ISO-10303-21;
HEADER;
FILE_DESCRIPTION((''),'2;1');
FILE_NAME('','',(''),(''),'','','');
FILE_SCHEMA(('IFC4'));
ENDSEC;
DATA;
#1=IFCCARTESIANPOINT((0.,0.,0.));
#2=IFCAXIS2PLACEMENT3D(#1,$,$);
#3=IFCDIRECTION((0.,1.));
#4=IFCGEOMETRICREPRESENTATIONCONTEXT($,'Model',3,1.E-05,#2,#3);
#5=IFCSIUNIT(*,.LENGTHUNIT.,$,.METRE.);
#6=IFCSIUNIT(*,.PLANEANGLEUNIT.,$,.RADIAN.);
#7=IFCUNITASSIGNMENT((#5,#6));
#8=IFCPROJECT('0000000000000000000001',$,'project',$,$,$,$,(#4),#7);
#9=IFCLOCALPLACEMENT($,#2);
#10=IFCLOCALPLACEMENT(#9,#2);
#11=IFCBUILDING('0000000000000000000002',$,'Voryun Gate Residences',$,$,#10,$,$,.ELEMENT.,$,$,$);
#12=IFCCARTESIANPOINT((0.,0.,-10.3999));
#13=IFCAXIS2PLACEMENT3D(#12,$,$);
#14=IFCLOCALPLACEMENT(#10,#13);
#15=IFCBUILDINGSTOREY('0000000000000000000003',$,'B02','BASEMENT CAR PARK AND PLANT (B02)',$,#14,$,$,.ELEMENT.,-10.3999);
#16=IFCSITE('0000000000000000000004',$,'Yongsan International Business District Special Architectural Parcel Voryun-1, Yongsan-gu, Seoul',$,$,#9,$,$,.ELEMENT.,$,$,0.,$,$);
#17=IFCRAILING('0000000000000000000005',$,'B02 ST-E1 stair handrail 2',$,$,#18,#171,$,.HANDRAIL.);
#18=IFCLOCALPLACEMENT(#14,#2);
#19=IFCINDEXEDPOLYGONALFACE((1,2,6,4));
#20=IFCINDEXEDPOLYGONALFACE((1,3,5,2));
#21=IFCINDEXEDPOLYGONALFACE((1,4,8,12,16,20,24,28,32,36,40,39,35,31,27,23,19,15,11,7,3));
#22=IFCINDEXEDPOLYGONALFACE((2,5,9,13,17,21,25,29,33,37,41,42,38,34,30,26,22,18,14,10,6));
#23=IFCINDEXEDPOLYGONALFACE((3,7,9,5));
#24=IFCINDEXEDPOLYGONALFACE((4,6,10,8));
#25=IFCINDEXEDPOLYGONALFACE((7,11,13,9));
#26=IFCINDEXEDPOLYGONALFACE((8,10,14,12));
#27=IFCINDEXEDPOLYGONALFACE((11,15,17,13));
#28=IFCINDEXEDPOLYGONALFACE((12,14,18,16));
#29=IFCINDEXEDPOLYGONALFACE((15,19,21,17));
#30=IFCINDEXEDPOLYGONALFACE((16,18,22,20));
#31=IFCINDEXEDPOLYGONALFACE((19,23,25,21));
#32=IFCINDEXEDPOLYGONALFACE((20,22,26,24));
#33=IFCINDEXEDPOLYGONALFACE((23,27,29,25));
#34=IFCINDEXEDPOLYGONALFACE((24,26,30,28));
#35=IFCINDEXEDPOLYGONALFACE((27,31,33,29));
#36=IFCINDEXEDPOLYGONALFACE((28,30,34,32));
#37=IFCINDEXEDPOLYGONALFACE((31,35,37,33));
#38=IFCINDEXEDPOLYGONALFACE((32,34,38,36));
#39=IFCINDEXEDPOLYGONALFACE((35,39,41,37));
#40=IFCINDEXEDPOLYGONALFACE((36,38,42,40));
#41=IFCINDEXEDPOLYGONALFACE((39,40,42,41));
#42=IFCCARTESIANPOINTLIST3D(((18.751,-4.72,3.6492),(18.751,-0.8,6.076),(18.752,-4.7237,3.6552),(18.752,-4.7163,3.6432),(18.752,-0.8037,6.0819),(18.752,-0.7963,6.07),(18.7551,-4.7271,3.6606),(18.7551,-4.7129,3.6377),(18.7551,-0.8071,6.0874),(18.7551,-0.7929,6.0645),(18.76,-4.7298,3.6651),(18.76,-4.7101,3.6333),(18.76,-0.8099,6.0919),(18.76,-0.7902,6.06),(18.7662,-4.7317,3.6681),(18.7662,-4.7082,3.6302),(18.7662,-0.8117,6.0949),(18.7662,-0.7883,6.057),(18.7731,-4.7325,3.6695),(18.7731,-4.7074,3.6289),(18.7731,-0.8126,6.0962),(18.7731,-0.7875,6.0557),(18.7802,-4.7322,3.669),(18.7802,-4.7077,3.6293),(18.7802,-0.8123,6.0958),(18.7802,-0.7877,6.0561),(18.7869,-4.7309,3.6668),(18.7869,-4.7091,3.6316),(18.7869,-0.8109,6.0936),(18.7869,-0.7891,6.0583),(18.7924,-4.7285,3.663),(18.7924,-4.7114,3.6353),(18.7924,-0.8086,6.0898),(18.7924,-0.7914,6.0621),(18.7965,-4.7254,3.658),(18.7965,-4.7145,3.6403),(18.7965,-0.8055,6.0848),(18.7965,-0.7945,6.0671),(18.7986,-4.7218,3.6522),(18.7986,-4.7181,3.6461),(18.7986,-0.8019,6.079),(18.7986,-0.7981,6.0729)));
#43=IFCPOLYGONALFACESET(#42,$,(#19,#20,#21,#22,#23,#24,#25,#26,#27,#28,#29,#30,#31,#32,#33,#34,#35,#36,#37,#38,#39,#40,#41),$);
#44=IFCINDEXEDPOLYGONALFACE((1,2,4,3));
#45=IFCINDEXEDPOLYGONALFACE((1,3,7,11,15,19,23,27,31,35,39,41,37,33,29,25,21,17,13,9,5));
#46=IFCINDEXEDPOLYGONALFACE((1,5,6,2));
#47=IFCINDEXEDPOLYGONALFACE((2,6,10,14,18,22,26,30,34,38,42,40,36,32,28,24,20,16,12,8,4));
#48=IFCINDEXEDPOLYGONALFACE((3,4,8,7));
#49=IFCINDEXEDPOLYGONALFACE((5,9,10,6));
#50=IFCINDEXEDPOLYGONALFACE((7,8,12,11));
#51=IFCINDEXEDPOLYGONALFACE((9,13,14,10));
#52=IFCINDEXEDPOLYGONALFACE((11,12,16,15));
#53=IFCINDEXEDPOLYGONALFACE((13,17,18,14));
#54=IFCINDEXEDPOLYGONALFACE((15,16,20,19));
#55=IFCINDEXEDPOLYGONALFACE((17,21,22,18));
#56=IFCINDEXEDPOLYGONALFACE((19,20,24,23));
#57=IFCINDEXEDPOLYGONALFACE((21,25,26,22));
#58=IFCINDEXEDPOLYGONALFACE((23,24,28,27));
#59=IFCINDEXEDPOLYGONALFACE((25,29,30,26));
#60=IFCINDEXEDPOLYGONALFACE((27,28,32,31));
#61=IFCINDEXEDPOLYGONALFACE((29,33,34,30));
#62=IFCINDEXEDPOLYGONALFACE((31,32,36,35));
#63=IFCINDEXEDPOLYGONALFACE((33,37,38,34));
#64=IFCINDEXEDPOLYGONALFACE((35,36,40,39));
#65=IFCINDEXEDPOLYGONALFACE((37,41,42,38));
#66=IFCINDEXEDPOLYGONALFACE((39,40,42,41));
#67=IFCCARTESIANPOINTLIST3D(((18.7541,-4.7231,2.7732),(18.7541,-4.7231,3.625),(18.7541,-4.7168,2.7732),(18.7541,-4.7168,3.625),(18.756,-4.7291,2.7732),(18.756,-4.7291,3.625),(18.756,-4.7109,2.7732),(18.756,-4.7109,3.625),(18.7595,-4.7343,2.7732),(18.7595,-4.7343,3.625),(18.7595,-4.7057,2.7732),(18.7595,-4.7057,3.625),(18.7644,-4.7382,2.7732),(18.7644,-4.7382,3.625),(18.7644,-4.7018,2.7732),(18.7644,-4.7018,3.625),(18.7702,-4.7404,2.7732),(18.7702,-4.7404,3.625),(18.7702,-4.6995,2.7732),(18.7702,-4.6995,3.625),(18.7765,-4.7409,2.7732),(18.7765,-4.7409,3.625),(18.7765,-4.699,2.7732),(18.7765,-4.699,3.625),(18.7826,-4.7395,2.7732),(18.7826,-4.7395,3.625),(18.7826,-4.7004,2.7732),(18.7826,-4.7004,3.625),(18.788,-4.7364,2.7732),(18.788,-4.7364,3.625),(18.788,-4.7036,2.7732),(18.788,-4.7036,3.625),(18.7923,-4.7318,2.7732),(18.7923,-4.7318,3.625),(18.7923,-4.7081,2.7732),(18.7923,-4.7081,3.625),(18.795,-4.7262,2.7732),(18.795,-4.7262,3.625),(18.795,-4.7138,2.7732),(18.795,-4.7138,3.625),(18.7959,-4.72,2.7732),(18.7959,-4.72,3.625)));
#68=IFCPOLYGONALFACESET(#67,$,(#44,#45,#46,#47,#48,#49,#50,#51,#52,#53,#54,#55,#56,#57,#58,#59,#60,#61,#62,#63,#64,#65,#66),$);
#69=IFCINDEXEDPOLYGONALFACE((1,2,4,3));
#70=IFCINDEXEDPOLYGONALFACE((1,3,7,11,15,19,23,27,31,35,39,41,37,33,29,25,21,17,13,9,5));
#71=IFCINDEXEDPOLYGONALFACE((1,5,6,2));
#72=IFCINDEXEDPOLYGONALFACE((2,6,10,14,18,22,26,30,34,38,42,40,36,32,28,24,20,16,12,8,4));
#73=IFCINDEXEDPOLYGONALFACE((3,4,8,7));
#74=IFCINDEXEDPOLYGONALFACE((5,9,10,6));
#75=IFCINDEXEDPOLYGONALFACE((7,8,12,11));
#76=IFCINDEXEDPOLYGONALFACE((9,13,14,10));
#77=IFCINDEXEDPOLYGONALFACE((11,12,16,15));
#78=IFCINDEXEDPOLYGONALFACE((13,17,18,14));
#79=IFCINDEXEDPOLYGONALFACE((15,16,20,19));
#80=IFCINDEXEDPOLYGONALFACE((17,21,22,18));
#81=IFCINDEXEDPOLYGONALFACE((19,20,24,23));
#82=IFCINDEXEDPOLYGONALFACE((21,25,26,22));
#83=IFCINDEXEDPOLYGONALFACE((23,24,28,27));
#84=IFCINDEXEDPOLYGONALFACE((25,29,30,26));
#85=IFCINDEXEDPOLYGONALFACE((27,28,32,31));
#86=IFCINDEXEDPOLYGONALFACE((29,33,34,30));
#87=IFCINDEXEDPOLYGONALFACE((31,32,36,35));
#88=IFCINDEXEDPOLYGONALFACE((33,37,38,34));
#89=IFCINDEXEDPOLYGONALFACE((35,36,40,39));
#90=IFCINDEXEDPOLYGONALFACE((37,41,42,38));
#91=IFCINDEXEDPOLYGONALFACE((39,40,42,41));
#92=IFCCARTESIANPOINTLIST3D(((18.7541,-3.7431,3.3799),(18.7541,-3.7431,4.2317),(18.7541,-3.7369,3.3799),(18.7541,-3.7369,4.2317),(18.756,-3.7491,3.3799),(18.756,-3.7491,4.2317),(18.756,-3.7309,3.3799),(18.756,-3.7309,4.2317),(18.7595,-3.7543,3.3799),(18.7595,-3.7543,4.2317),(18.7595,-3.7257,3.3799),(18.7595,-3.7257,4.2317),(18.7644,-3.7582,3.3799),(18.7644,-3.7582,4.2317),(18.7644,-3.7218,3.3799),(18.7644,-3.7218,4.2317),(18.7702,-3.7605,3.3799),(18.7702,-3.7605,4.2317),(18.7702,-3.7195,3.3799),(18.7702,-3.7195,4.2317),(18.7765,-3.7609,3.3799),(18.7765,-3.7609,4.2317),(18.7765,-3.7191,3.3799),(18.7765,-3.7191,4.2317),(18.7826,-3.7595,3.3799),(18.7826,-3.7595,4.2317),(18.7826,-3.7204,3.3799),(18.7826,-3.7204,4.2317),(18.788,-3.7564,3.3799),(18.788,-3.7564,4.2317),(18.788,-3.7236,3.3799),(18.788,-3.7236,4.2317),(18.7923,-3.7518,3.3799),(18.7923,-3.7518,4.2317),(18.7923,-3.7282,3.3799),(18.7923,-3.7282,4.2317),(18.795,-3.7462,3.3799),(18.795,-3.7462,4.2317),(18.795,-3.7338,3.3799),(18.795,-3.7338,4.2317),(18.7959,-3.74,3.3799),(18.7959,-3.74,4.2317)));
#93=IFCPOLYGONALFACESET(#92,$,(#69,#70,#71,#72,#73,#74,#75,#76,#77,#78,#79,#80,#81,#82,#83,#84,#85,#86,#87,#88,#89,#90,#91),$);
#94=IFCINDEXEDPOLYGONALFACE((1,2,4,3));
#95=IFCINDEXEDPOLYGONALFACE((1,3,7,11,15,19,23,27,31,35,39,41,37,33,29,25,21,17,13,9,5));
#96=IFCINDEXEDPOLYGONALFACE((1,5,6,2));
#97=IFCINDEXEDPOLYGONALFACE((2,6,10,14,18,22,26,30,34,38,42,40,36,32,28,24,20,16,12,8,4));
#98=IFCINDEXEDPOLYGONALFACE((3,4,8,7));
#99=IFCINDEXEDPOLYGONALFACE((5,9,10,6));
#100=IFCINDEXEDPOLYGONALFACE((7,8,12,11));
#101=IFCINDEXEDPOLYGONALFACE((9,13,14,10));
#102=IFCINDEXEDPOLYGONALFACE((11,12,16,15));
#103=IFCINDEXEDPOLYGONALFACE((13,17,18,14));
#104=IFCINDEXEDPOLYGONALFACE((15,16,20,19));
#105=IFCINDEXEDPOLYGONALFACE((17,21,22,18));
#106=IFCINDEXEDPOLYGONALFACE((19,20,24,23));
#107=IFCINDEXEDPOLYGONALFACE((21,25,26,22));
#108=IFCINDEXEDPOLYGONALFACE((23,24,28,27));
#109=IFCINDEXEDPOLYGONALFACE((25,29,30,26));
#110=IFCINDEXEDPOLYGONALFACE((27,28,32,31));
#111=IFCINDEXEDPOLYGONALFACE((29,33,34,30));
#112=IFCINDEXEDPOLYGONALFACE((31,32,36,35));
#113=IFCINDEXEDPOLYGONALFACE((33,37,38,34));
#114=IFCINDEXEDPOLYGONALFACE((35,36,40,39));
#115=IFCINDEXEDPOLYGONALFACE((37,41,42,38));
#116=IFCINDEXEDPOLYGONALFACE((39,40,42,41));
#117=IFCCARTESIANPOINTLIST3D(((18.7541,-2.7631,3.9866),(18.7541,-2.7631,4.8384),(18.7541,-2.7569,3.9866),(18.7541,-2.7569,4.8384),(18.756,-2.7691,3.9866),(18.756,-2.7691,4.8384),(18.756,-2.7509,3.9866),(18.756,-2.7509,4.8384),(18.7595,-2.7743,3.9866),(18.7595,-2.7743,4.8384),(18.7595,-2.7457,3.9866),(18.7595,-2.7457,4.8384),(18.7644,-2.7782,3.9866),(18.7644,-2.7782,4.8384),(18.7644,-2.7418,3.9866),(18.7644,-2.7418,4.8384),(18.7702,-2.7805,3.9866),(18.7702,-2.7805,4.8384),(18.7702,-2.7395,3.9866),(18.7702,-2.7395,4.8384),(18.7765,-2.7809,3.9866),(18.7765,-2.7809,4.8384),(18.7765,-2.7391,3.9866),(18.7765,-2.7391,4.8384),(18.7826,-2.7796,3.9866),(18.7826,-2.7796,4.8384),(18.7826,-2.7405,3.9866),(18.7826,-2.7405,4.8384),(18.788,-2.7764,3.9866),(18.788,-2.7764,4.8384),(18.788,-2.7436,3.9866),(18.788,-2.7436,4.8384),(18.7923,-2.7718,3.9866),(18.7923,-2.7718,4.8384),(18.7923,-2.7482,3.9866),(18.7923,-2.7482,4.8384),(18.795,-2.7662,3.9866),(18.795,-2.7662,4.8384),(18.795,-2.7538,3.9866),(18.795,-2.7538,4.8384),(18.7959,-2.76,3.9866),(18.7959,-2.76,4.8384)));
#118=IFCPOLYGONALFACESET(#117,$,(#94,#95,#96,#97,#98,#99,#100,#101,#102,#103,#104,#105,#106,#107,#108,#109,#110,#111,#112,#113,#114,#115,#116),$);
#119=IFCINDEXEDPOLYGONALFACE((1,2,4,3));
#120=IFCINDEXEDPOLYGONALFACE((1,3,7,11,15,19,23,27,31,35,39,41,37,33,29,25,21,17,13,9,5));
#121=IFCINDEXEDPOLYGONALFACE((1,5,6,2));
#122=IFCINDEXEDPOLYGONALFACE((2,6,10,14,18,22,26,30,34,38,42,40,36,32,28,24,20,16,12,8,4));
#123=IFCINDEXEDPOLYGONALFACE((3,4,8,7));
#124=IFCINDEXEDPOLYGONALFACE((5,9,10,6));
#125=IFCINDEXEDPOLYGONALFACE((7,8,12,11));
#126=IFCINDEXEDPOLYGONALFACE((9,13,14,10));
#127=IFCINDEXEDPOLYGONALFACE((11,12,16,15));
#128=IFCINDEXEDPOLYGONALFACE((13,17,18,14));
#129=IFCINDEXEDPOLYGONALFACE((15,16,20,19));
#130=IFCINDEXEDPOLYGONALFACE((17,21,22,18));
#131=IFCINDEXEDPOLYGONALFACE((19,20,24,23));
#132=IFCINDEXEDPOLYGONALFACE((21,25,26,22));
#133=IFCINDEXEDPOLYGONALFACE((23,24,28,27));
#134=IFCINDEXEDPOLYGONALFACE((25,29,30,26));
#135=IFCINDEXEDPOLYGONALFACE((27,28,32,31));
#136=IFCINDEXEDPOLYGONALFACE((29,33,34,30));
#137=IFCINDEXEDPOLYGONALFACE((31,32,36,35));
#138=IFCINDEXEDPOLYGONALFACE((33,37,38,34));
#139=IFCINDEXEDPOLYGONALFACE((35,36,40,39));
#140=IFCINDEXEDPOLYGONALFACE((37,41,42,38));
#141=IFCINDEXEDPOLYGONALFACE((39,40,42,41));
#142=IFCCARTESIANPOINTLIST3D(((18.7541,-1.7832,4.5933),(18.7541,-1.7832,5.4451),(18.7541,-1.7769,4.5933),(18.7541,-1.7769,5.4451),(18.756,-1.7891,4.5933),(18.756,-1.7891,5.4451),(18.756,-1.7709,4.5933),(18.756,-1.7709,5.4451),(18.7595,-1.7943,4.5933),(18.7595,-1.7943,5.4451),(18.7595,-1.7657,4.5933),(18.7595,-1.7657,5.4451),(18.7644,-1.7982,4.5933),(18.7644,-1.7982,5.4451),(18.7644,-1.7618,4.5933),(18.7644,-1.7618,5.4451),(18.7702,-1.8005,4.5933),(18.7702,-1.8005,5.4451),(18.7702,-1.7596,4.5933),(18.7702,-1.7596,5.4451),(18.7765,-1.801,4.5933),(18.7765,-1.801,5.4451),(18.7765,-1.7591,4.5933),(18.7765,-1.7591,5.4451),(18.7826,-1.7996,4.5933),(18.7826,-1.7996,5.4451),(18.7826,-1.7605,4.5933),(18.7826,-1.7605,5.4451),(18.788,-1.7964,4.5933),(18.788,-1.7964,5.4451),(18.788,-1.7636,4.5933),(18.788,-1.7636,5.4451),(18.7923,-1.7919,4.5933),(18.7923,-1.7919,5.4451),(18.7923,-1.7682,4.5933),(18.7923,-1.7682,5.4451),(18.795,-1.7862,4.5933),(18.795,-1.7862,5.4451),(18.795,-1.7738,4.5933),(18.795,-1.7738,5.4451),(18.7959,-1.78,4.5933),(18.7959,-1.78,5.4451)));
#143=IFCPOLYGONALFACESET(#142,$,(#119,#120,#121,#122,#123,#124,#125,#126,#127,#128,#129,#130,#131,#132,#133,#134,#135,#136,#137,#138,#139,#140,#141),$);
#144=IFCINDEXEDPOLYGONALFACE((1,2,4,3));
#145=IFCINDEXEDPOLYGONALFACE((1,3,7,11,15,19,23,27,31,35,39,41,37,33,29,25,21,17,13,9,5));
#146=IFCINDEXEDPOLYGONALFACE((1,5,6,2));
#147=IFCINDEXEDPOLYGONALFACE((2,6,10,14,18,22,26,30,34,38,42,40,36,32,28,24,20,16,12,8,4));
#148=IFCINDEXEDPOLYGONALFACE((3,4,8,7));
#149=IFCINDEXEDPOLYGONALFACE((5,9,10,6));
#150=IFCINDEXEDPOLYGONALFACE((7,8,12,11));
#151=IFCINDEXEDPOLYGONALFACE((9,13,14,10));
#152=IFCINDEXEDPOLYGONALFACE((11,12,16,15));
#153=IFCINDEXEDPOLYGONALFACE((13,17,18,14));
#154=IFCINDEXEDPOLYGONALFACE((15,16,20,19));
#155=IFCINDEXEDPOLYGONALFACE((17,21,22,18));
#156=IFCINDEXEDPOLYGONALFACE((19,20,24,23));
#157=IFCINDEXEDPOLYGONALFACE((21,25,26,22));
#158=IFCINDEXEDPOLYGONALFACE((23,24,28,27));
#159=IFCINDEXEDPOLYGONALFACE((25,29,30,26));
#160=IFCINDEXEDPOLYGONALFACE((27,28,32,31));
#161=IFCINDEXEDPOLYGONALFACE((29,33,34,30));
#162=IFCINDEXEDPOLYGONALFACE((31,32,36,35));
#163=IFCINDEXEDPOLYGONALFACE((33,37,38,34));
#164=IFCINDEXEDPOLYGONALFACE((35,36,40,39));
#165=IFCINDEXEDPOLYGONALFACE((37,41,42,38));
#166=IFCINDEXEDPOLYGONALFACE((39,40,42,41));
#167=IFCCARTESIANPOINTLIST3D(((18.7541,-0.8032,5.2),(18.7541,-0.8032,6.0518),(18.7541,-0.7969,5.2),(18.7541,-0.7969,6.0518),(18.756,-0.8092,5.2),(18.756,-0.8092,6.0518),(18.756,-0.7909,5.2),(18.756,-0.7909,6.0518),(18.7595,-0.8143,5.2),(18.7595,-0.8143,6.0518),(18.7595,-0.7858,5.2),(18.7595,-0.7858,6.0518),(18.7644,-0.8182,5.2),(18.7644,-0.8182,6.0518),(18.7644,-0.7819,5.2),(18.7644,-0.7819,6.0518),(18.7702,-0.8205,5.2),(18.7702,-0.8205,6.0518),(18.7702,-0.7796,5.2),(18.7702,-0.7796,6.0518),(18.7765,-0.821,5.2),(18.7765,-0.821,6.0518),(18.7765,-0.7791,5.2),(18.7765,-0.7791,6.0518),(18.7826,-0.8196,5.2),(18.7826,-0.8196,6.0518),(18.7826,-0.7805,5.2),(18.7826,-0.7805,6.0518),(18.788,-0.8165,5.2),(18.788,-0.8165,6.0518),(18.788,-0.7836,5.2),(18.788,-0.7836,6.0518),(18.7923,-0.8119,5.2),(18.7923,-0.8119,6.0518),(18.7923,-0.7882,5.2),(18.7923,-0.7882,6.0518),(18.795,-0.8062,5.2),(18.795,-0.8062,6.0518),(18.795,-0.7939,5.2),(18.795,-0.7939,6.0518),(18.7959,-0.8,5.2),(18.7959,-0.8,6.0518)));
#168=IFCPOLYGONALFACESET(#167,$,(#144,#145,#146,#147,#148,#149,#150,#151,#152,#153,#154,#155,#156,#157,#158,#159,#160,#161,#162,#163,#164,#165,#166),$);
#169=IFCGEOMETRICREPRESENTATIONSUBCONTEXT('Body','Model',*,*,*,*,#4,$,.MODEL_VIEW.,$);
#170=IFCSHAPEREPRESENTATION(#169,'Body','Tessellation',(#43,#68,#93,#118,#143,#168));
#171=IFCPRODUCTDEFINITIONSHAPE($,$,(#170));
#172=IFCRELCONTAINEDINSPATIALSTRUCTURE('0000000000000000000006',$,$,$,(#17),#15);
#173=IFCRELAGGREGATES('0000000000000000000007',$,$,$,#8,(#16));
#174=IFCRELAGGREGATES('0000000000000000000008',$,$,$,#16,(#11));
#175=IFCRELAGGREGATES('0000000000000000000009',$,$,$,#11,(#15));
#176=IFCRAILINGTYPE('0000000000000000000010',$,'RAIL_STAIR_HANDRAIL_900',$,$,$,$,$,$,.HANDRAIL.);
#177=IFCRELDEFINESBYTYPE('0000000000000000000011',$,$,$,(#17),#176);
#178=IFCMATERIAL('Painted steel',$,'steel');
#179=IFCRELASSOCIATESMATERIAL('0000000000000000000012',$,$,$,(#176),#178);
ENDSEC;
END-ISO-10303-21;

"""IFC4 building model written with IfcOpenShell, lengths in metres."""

from ifc_helpers import new_model, si_unit, direction, frame, origin, origin_2d, place, context, subcontext, project, spatial, circle, extrude, material, type_object, element, save


model = new_model("IFC4")

# Units and contexts
model_context = context("Model", 3, precision=1e-05, world=origin(), true_north=direction((0.0, 1.0)))
body_context = subcontext(model_context, "Body", "Model", "MODEL_VIEW")
ifc_project = project(units=[si_unit("LENGTHUNIT", "METRE"), si_unit("PLANEANGLEUNIT", "RADIAN")], contexts=[model_context])

# Site, building, storey
site_placement = place(None, origin())
site = spatial("IfcSite", under=ifc_project, at=site_placement, Name="Yongsan International Business District Special Architectural Parcel Voryun-1, Yongsan-gu, Seoul", CompositionType="ELEMENT", RefElevation=0.0)
building_placement = place(site_placement, origin())
building = spatial("IfcBuilding", under=site, at=building_placement, Name="Voryun Gate Residences", CompositionType="ELEMENT")
storey_placement = place(building_placement, frame((0.0, 0.0, -10.3999)))
storey = spatial("IfcBuildingStorey", under=building, at=storey_placement, Name="B02", Description="BASEMENT CAR PARK AND PLANT (B02)", CompositionType="ELEMENT", Elevation=-10.3999)

# Railing
ifc_material_1 = material(Name="Painted steel", Category="steel")
railing_type_1 = type_object("IfcRailingType", Name="RAIL_STAIR_HANDRAIL_900", PredefinedType="HANDRAIL", material=ifc_material_1)
railing_1_placement = place(storey_placement, frame((18.7749, -4.72, 2.7732)))
element("IfcRailing", 1, at=railing_1_placement, inside=storey, type_object=railing_type_1, Name="B02 ST-E1 stair handrail 2", PredefinedType="HANDRAIL", context=body_context, shape_type="SweptSolid", body=[
    extrude(circle(Radius=0.0239, at=origin_2d()), frame((0.0, 0.0, 0.876), z_axis=(0.0, 0.850252, 0.526376), x_axis=(-1.0, 0.0, 0.0)), (0.0, 0.0, 1.0), 4.6104),
    extrude(circle(Radius=0.021, at=origin_2d()), origin(), (0.0, 0.0, 1.0), 0.8518),
    extrude(circle(Radius=0.021, at=origin_2d()), frame((0.0, 0.98, 0.6067)), (0.0, 0.0, 1.0), 0.8518),
    extrude(circle(Radius=0.021, at=origin_2d()), frame((0.0, 1.96, 1.2134)), (0.0, 0.0, 1.0), 0.8518),
    extrude(circle(Radius=0.021, at=origin_2d()), frame((0.0, 2.9399, 1.8201)), (0.0, 0.0, 1.0), 0.8518),
    extrude(circle(Radius=0.021, at=origin_2d()), frame((0.0, 3.9199, 2.4268)), (0.0, 0.0, 1.0), 0.8518),
])

save(model, "model.ifc")
